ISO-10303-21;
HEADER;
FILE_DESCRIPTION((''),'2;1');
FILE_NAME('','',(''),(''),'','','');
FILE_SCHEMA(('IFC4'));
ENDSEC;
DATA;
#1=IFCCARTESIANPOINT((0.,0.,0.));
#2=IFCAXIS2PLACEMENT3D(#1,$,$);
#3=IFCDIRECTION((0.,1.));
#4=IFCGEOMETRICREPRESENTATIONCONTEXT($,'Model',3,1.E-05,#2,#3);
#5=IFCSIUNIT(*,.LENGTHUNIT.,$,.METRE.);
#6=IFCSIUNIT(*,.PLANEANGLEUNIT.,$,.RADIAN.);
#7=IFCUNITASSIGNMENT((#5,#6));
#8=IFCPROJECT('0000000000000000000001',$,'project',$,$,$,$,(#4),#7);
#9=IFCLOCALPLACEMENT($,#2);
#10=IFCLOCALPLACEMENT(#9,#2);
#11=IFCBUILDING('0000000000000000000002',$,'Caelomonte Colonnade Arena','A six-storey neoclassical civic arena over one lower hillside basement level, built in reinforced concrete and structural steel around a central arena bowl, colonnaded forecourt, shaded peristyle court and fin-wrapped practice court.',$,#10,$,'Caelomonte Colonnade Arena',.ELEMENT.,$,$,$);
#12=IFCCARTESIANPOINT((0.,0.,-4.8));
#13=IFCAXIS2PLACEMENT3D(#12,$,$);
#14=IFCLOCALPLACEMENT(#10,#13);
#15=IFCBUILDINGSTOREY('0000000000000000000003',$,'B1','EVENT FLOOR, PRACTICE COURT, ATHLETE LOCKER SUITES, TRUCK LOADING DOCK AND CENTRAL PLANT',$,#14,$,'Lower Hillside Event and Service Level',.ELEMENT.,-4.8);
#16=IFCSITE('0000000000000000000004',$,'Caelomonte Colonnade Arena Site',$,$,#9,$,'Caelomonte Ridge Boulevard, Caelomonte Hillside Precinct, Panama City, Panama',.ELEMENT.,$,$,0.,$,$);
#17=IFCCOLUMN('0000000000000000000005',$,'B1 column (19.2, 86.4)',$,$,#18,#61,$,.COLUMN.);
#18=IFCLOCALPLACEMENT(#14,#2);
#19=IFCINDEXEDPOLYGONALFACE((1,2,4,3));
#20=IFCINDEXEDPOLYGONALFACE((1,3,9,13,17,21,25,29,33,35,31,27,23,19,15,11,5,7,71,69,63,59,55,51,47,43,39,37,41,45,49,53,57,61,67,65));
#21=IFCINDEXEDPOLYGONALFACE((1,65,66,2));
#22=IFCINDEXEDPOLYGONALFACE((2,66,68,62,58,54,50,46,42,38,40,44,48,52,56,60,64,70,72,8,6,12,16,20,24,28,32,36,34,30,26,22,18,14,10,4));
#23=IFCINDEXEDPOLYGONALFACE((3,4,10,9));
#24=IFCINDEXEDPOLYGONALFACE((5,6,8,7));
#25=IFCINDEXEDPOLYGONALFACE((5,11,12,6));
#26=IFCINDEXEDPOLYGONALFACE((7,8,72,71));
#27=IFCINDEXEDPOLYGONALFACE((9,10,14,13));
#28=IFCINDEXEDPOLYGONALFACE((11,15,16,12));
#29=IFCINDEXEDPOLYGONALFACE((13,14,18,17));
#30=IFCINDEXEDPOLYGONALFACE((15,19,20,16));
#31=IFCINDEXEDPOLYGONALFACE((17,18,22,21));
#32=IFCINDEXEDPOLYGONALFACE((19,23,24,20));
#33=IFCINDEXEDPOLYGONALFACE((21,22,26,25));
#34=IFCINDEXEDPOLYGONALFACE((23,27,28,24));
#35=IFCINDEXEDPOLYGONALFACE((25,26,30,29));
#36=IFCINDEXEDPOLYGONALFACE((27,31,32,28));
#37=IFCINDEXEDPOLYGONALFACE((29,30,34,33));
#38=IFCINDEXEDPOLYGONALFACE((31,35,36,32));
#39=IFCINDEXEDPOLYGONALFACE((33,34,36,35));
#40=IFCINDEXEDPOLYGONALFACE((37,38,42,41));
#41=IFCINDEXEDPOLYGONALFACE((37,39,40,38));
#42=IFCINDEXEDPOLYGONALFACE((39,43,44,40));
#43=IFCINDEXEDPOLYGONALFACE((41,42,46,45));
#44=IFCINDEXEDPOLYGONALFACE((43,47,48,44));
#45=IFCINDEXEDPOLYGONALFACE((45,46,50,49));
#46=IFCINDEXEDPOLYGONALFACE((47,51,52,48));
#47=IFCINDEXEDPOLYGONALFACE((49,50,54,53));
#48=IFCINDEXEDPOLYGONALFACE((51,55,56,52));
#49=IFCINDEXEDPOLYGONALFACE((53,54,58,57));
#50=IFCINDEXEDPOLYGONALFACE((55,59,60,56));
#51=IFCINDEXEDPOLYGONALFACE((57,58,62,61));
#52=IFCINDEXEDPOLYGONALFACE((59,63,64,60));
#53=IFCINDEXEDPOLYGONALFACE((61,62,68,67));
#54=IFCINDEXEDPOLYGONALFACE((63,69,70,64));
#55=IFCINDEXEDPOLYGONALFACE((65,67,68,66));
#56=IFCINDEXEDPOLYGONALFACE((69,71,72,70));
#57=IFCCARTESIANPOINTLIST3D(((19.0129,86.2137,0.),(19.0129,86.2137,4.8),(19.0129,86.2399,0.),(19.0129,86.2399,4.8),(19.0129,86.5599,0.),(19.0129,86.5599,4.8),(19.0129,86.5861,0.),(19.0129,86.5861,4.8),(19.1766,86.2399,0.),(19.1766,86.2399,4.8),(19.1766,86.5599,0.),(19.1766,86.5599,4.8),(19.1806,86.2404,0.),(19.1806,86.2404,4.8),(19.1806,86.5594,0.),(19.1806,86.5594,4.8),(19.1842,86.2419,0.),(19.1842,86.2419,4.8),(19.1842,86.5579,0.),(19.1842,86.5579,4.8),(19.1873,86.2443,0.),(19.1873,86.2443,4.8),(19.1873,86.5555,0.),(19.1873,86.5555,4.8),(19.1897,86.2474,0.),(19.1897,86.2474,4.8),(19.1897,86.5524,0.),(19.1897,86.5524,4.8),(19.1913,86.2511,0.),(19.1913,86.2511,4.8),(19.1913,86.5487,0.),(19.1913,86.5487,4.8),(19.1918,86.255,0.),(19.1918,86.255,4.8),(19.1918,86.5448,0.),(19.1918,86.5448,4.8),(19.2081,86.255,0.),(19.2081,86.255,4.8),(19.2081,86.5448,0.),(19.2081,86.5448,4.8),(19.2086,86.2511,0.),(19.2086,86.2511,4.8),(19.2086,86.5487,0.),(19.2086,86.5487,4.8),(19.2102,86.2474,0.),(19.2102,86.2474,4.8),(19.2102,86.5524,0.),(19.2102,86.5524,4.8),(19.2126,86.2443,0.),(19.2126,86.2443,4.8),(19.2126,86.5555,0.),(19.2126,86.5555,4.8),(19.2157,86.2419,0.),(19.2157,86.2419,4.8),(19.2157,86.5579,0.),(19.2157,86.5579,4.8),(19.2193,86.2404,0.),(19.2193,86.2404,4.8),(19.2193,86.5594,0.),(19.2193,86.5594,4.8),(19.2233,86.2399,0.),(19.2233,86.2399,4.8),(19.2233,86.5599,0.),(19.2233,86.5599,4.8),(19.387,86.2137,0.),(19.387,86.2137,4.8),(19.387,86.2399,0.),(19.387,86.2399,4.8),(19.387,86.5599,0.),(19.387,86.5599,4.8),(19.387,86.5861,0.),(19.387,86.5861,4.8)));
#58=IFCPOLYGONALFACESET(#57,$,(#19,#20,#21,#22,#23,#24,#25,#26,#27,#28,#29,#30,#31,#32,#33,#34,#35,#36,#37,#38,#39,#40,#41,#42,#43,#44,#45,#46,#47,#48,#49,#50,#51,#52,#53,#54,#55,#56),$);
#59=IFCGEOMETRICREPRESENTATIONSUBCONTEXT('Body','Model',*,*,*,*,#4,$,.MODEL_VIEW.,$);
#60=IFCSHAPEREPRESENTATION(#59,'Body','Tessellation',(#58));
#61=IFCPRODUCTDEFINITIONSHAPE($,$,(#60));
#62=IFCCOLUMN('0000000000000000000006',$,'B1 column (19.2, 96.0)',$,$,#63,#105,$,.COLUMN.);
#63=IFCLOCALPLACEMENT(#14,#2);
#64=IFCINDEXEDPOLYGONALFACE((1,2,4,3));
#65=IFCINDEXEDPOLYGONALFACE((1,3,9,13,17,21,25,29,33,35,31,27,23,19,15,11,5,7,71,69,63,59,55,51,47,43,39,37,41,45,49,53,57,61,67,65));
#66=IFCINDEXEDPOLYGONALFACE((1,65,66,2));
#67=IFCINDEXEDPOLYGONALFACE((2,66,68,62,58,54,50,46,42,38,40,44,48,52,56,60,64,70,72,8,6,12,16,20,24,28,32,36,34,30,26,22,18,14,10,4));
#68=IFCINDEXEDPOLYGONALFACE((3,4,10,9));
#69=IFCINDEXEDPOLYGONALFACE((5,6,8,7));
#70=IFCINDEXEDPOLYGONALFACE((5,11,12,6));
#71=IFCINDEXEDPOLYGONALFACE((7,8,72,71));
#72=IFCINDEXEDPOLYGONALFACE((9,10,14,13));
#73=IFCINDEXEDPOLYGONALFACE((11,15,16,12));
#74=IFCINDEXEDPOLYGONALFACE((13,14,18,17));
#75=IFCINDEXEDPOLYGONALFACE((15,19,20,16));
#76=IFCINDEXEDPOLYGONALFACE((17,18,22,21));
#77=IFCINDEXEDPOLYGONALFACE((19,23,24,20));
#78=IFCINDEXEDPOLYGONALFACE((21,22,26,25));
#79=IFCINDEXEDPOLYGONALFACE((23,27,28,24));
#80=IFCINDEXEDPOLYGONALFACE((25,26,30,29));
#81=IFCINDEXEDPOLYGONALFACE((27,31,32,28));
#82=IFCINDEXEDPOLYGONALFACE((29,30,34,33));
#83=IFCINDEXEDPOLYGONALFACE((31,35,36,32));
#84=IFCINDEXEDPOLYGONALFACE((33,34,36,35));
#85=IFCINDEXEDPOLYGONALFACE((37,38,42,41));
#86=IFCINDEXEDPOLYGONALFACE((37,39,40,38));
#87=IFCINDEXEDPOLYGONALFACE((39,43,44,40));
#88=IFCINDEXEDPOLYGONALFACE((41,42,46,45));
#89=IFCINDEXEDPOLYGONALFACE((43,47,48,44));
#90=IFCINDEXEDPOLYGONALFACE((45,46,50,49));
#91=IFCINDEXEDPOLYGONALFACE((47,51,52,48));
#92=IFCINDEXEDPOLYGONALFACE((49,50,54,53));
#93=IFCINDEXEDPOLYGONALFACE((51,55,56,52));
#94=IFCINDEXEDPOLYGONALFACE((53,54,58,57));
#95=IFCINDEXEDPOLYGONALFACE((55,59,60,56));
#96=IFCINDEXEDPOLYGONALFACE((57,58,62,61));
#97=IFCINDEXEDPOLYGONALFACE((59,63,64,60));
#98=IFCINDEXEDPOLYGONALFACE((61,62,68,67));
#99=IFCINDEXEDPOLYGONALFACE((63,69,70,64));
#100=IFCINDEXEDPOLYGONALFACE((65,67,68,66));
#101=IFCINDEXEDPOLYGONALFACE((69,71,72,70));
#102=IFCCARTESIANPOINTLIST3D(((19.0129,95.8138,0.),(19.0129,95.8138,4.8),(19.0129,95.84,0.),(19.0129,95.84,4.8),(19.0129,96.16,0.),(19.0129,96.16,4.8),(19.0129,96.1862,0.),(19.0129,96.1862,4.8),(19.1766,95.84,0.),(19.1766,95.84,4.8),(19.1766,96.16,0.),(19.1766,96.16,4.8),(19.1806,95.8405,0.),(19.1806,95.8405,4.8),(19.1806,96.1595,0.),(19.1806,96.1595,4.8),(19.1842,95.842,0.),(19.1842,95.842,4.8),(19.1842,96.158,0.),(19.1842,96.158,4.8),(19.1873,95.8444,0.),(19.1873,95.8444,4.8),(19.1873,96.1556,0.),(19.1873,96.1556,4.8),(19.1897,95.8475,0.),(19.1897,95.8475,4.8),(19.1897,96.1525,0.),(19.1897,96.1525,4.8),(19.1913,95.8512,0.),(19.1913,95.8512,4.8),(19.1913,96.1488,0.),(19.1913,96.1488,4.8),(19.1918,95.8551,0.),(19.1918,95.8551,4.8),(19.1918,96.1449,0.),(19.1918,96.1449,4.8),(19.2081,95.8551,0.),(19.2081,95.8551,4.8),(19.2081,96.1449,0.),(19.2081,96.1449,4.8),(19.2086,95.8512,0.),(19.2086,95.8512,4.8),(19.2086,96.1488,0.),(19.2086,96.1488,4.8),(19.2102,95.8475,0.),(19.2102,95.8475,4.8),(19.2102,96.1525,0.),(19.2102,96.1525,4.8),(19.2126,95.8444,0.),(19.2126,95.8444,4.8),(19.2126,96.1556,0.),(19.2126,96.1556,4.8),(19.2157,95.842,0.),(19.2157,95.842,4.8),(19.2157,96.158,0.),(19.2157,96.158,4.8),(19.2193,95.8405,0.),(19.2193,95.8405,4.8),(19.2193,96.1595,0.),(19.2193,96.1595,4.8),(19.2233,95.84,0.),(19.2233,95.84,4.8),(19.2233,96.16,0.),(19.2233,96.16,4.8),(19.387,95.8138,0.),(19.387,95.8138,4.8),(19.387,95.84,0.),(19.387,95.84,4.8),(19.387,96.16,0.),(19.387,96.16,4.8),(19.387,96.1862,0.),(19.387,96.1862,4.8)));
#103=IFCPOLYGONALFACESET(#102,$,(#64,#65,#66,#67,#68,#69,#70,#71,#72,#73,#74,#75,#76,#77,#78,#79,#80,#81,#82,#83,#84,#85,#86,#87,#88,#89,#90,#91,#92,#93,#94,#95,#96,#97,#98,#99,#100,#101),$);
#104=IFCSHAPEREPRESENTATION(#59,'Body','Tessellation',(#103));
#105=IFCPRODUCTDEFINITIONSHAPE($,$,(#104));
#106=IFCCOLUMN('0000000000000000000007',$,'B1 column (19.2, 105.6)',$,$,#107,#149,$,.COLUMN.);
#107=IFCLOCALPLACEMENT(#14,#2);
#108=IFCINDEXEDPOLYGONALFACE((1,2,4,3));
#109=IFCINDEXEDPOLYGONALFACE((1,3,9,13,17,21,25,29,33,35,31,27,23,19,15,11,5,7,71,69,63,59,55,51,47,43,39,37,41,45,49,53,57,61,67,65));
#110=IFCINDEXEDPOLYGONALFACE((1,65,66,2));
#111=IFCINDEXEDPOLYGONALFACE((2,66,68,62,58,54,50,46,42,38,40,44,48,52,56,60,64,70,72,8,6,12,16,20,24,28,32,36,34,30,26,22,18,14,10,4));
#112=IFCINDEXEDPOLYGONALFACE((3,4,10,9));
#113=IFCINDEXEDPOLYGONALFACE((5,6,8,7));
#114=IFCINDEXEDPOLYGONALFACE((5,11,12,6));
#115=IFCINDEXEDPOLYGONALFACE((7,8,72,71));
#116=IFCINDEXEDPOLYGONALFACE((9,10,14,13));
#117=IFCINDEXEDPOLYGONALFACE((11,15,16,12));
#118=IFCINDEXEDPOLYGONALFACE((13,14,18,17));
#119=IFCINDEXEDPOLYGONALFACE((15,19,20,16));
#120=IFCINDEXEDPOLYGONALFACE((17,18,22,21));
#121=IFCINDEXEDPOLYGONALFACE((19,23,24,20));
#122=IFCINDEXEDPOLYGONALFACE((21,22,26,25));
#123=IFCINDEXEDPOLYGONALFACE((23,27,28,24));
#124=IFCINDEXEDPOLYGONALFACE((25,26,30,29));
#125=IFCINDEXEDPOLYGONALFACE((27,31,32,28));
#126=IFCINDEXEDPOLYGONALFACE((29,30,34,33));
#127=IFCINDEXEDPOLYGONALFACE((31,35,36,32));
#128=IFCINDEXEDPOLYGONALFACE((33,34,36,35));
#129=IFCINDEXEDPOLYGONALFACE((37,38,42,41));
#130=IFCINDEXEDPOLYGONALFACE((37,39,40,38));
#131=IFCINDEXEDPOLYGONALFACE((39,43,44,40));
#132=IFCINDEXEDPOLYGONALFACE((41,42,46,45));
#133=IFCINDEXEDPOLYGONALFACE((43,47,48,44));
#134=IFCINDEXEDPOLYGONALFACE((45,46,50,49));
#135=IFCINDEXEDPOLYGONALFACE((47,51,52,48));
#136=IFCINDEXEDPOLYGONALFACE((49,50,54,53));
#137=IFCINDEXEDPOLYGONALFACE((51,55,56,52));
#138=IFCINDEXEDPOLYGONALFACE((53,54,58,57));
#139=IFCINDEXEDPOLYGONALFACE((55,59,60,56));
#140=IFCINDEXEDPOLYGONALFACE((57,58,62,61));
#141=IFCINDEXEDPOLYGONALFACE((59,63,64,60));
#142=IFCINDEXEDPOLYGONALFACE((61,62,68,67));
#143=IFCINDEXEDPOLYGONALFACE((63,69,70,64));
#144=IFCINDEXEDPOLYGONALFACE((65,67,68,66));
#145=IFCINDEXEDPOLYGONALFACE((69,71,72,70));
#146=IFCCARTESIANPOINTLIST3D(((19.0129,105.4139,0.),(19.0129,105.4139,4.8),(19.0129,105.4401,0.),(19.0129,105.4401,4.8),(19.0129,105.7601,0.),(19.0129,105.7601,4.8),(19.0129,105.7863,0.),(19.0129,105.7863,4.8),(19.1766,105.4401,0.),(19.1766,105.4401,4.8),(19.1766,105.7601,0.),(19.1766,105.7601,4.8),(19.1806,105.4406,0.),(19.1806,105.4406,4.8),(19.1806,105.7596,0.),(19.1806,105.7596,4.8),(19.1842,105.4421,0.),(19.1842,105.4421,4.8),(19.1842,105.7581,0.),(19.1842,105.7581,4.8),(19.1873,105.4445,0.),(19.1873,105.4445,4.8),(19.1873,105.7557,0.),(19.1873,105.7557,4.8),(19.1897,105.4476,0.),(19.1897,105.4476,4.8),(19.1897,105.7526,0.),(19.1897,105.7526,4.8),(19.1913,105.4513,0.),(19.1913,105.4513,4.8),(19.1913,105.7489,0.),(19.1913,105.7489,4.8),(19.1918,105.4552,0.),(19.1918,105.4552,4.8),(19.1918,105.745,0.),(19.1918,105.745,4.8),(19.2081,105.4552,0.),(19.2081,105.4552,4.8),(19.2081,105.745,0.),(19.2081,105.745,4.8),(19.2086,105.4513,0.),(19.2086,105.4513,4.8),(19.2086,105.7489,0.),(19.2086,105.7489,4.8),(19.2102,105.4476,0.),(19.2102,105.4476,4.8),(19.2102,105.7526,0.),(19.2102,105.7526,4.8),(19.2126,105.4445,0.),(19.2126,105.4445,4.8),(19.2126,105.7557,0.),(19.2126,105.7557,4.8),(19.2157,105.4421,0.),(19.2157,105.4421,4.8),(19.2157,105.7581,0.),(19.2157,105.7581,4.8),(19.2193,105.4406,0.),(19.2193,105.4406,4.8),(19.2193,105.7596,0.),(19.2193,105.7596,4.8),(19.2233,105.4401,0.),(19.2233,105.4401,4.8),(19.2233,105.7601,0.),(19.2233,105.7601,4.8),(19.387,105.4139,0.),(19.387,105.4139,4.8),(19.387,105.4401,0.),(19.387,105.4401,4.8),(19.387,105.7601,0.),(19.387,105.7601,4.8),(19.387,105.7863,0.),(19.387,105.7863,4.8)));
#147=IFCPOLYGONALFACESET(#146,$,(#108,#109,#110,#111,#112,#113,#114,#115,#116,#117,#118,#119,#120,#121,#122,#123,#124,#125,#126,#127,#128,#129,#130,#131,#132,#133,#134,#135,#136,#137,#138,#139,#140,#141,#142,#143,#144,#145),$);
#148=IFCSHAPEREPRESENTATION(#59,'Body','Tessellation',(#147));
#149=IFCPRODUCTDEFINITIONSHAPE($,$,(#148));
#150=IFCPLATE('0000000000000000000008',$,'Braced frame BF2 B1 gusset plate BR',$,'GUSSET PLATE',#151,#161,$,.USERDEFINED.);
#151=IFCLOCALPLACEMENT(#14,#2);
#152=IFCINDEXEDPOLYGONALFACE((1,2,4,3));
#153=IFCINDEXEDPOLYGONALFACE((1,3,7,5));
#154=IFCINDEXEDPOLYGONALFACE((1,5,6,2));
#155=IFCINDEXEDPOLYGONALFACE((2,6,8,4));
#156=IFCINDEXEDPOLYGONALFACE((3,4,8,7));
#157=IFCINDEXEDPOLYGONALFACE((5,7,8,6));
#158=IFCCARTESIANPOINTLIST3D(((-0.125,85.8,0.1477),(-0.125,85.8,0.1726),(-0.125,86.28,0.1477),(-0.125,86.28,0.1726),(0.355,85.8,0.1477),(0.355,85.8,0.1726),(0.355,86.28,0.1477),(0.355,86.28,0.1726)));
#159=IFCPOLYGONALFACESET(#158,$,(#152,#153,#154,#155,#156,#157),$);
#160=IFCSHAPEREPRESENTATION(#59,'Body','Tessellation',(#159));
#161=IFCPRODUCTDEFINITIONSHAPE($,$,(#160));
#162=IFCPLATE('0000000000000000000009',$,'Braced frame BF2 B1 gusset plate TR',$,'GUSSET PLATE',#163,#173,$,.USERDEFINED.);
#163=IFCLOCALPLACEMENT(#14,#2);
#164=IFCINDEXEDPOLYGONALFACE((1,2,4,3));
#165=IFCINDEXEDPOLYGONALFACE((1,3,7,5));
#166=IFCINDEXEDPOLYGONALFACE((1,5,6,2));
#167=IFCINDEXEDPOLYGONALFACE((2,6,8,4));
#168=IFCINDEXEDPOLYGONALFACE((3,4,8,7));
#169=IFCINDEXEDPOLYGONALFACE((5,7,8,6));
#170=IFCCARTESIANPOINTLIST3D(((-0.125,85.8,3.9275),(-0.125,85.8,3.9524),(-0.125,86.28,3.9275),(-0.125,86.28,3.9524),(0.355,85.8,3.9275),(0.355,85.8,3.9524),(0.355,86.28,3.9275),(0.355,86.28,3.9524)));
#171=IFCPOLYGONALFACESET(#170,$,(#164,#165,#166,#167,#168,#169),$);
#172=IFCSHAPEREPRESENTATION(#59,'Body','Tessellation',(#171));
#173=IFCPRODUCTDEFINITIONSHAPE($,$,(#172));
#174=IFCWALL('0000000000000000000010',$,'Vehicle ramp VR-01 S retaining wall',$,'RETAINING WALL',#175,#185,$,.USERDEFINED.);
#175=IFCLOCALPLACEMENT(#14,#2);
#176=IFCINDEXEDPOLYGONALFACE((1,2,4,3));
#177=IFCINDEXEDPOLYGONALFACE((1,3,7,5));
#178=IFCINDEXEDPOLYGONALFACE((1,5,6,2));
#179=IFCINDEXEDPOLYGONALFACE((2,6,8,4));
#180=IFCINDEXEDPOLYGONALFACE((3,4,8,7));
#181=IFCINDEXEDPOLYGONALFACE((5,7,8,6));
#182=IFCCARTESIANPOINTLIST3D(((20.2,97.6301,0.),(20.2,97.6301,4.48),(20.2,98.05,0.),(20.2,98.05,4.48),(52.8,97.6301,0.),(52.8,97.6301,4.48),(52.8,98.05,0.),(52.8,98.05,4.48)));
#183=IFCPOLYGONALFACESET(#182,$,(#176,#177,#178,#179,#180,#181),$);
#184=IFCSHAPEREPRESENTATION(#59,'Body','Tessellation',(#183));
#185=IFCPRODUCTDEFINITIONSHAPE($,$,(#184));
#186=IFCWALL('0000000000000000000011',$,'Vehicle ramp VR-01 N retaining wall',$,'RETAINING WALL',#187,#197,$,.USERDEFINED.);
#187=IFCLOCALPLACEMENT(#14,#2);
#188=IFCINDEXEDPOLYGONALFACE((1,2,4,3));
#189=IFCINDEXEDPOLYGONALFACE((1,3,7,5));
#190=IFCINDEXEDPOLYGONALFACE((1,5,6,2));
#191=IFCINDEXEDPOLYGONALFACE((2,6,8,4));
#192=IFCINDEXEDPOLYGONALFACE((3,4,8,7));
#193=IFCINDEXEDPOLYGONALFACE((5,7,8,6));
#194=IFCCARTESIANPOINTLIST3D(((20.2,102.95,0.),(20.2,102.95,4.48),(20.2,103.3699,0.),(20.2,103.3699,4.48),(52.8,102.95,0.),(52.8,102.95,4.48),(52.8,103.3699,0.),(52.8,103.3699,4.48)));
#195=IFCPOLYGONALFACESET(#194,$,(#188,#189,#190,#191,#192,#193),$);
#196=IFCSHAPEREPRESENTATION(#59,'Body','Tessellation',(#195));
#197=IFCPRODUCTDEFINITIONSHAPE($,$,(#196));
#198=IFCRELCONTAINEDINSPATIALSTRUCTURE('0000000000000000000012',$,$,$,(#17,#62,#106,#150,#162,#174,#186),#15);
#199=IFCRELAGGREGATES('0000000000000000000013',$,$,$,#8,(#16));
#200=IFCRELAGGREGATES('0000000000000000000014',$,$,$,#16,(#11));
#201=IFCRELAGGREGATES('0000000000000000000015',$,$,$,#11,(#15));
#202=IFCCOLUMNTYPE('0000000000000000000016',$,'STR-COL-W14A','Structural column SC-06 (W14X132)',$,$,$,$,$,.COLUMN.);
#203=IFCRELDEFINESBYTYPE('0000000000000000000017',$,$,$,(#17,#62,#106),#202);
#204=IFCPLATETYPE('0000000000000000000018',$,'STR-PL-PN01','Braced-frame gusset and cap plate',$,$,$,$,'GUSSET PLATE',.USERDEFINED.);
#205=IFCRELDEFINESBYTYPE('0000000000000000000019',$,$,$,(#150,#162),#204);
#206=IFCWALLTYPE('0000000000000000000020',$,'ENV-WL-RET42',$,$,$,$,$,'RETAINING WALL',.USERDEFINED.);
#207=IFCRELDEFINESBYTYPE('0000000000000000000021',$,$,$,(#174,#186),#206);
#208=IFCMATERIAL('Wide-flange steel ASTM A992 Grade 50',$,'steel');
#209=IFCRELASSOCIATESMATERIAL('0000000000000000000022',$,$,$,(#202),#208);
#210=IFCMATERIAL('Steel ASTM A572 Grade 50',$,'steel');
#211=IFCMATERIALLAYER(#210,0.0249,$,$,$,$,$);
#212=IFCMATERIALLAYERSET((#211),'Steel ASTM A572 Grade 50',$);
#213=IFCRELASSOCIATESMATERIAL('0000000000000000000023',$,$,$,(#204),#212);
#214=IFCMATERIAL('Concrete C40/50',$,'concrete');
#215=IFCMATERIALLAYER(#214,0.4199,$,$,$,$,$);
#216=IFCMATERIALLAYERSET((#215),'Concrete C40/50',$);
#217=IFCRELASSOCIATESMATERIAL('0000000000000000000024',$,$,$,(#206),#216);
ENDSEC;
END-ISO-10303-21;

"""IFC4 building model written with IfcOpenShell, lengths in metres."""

from ifc_helpers import new_model, si_unit, direction, frame, frame_2d, origin, origin_2d, place, context, subcontext, project, spatial, rectangle, i_section, extrude, material, layer, layer_set, material_profile, profile_set, type_object, element, save


model = new_model("IFC4")

# Units and contexts
model_context = context("Model", 3, precision=1e-05, world=origin(), true_north=direction((0.0, 1.0)))
body_context = subcontext(model_context, "Body", "Model", "MODEL_VIEW")
ifc_project = project(units=[si_unit("LENGTHUNIT", "METRE"), si_unit("PLANEANGLEUNIT", "RADIAN")], contexts=[model_context])

# Site, building, storey
site_placement = place(None, origin())
site = spatial("IfcSite", under=ifc_project, at=site_placement, Name="Caelomonte Colonnade Arena Site", LongName="Caelomonte Ridge Boulevard, Caelomonte Hillside Precinct, Panama City, Panama", CompositionType="ELEMENT", RefElevation=0.0)
building_placement = place(site_placement, origin())
building = spatial("IfcBuilding", under=site, at=building_placement, Name="Caelomonte Colonnade Arena", Description="A six-storey neoclassical civic arena over one lower hillside basement level, built in reinforced concrete and structural steel around a central arena bowl, colonnaded forecourt, shaded peristyle court and fin-wrapped practice court.", LongName="Caelomonte Colonnade Arena", CompositionType="ELEMENT")
storey_placement = place(building_placement, frame((0.0, 0.0, -4.8)))
storey = spatial("IfcBuildingStorey", under=building, at=storey_placement, Name="B1", Description="EVENT FLOOR, PRACTICE COURT, ATHLETE LOCKER SUITES, TRUCK LOADING DOCK AND CENTRAL PLANT", LongName="Lower Hillside Event and Service Level", CompositionType="ELEMENT", Elevation=-4.8)

# Shared definitions
ifc_material_1 = material(Name="Concrete C40/50", Category="concrete")

# Columns
ifc_material_2 = material(Name="Wide-flange steel ASTM A992 Grade 50", Category="steel")
ifc_material_profile_1 = material_profile(ifc_material_2, i_section(OverallWidth=0.374, OverallDepth=0.3723, WebThickness=0.0164, FlangeThickness=0.0261, FilletRadius=0.0151, at=origin_2d()), Name="W14X132")
ifc_profile_set_1 = profile_set([ifc_material_profile_1], Name="Wide-flange steel ASTM A992 Grade 50")
column_type = type_object("IfcColumnType", Name="STR-COL-W14A", Description="Structural column SC-06 (W14X132)", PredefinedType="COLUMN", material=ifc_profile_set_1)
for number, where, z_axis, x_axis, name in (
    (1, (19.2, 86.3999, 0.0), (0.0, 0.0, 1.0), (1.0, 0.0, 0.0), "B1 column (19.2, 86.4)"),
    (2, (19.2, 96.0, 0.0), (0.0, 0.0, 1.0), (1.0, 0.0, 0.0), "B1 column (19.2, 96.0)"),
    (3, (19.2, 105.6001, 0.0), (0.0, 0.0, 1.0), (1.0, 0.0, 0.0), "B1 column (19.2, 105.6)"),
):
    element("IfcColumn", number, at=place(storey_placement, frame(where, z_axis=z_axis, x_axis=x_axis)), inside=storey, type_object=column_type, Name=name, PredefinedType="COLUMN", context=body_context, shape_type="SweptSolid", body=[
        extrude(i_section(OverallWidth=0.374, OverallDepth=0.3723, WebThickness=0.0164, FlangeThickness=0.0261, FilletRadius=0.0151, at=origin_2d()), origin(), (0.0, 0.0, 1.0), 4.8),
    ])

# Plates
ifc_material_3 = material(Name="Steel ASTM A572 Grade 50", Category="steel")
ifc_layer_1 = layer(ifc_material_3, 0.0249)
ifc_layer_set_1 = layer_set([ifc_layer_1], Name="Steel ASTM A572 Grade 50")
plate_type = type_object("IfcPlateType", Name="STR-PL-PN01", Description="Braced-frame gusset and cap plate", ElementType="GUSSET PLATE", PredefinedType="USERDEFINED", material=ifc_layer_set_1)
for number, where, z_axis, x_axis, name in (
    (4, (0.115, 86.04, 0.1477), (0.0, 0.0, 1.0), (1.0, 0.0, 0.0), "Braced frame BF2 B1 gusset plate BR"),
    (5, (0.115, 86.04, 3.9275), (0.0, 0.0, 1.0), (1.0, 0.0, 0.0), "Braced frame BF2 B1 gusset plate TR"),
):
    element("IfcPlate", number, at=place(storey_placement, frame(where, z_axis=z_axis, x_axis=x_axis)), inside=storey, type_object=plate_type, Name=name, ObjectType="GUSSET PLATE", PredefinedType="USERDEFINED", context=body_context, shape_type="SweptSolid", body=[
        extrude(rectangle(XDim=0.48, YDim=0.48, at=origin_2d()), origin(), (0.0, 0.0, 1.0), 0.0249),
    ])

# Walls
ifc_layer_2 = layer(ifc_material_1, 0.4199)
ifc_layer_set_2 = layer_set([ifc_layer_2], Name="Concrete C40/50")
wall_type_1 = type_object("IfcWallType", Name="ENV-WL-RET42", ElementType="RETAINING WALL", PredefinedType="USERDEFINED", material=ifc_layer_set_2)
for number, where, z_axis, x_axis, name in (
    (6, (20.2, 97.8401, 0.0), (0.0, 0.0, 1.0), (1.0, 0.0, 0.0), "Vehicle ramp VR-01 S retaining wall"),
    (7, (20.2, 103.1599, 0.0), (0.0, 0.0, 1.0), (1.0, 0.0, 0.0), "Vehicle ramp VR-01 N retaining wall"),
):
    element("IfcWall", number, at=place(storey_placement, frame(where, z_axis=z_axis, x_axis=x_axis)), inside=storey, type_object=wall_type_1, Name=name, ObjectType="RETAINING WALL", PredefinedType="USERDEFINED", context=body_context, shape_type="SweptSolid", body=[
        extrude(rectangle(XDim=32.6001, YDim=0.4199, at=frame_2d((16.3, 0.0))), origin(), (0.0, 0.0, 1.0), 4.48),
    ])

save(model, "model.ifc")
